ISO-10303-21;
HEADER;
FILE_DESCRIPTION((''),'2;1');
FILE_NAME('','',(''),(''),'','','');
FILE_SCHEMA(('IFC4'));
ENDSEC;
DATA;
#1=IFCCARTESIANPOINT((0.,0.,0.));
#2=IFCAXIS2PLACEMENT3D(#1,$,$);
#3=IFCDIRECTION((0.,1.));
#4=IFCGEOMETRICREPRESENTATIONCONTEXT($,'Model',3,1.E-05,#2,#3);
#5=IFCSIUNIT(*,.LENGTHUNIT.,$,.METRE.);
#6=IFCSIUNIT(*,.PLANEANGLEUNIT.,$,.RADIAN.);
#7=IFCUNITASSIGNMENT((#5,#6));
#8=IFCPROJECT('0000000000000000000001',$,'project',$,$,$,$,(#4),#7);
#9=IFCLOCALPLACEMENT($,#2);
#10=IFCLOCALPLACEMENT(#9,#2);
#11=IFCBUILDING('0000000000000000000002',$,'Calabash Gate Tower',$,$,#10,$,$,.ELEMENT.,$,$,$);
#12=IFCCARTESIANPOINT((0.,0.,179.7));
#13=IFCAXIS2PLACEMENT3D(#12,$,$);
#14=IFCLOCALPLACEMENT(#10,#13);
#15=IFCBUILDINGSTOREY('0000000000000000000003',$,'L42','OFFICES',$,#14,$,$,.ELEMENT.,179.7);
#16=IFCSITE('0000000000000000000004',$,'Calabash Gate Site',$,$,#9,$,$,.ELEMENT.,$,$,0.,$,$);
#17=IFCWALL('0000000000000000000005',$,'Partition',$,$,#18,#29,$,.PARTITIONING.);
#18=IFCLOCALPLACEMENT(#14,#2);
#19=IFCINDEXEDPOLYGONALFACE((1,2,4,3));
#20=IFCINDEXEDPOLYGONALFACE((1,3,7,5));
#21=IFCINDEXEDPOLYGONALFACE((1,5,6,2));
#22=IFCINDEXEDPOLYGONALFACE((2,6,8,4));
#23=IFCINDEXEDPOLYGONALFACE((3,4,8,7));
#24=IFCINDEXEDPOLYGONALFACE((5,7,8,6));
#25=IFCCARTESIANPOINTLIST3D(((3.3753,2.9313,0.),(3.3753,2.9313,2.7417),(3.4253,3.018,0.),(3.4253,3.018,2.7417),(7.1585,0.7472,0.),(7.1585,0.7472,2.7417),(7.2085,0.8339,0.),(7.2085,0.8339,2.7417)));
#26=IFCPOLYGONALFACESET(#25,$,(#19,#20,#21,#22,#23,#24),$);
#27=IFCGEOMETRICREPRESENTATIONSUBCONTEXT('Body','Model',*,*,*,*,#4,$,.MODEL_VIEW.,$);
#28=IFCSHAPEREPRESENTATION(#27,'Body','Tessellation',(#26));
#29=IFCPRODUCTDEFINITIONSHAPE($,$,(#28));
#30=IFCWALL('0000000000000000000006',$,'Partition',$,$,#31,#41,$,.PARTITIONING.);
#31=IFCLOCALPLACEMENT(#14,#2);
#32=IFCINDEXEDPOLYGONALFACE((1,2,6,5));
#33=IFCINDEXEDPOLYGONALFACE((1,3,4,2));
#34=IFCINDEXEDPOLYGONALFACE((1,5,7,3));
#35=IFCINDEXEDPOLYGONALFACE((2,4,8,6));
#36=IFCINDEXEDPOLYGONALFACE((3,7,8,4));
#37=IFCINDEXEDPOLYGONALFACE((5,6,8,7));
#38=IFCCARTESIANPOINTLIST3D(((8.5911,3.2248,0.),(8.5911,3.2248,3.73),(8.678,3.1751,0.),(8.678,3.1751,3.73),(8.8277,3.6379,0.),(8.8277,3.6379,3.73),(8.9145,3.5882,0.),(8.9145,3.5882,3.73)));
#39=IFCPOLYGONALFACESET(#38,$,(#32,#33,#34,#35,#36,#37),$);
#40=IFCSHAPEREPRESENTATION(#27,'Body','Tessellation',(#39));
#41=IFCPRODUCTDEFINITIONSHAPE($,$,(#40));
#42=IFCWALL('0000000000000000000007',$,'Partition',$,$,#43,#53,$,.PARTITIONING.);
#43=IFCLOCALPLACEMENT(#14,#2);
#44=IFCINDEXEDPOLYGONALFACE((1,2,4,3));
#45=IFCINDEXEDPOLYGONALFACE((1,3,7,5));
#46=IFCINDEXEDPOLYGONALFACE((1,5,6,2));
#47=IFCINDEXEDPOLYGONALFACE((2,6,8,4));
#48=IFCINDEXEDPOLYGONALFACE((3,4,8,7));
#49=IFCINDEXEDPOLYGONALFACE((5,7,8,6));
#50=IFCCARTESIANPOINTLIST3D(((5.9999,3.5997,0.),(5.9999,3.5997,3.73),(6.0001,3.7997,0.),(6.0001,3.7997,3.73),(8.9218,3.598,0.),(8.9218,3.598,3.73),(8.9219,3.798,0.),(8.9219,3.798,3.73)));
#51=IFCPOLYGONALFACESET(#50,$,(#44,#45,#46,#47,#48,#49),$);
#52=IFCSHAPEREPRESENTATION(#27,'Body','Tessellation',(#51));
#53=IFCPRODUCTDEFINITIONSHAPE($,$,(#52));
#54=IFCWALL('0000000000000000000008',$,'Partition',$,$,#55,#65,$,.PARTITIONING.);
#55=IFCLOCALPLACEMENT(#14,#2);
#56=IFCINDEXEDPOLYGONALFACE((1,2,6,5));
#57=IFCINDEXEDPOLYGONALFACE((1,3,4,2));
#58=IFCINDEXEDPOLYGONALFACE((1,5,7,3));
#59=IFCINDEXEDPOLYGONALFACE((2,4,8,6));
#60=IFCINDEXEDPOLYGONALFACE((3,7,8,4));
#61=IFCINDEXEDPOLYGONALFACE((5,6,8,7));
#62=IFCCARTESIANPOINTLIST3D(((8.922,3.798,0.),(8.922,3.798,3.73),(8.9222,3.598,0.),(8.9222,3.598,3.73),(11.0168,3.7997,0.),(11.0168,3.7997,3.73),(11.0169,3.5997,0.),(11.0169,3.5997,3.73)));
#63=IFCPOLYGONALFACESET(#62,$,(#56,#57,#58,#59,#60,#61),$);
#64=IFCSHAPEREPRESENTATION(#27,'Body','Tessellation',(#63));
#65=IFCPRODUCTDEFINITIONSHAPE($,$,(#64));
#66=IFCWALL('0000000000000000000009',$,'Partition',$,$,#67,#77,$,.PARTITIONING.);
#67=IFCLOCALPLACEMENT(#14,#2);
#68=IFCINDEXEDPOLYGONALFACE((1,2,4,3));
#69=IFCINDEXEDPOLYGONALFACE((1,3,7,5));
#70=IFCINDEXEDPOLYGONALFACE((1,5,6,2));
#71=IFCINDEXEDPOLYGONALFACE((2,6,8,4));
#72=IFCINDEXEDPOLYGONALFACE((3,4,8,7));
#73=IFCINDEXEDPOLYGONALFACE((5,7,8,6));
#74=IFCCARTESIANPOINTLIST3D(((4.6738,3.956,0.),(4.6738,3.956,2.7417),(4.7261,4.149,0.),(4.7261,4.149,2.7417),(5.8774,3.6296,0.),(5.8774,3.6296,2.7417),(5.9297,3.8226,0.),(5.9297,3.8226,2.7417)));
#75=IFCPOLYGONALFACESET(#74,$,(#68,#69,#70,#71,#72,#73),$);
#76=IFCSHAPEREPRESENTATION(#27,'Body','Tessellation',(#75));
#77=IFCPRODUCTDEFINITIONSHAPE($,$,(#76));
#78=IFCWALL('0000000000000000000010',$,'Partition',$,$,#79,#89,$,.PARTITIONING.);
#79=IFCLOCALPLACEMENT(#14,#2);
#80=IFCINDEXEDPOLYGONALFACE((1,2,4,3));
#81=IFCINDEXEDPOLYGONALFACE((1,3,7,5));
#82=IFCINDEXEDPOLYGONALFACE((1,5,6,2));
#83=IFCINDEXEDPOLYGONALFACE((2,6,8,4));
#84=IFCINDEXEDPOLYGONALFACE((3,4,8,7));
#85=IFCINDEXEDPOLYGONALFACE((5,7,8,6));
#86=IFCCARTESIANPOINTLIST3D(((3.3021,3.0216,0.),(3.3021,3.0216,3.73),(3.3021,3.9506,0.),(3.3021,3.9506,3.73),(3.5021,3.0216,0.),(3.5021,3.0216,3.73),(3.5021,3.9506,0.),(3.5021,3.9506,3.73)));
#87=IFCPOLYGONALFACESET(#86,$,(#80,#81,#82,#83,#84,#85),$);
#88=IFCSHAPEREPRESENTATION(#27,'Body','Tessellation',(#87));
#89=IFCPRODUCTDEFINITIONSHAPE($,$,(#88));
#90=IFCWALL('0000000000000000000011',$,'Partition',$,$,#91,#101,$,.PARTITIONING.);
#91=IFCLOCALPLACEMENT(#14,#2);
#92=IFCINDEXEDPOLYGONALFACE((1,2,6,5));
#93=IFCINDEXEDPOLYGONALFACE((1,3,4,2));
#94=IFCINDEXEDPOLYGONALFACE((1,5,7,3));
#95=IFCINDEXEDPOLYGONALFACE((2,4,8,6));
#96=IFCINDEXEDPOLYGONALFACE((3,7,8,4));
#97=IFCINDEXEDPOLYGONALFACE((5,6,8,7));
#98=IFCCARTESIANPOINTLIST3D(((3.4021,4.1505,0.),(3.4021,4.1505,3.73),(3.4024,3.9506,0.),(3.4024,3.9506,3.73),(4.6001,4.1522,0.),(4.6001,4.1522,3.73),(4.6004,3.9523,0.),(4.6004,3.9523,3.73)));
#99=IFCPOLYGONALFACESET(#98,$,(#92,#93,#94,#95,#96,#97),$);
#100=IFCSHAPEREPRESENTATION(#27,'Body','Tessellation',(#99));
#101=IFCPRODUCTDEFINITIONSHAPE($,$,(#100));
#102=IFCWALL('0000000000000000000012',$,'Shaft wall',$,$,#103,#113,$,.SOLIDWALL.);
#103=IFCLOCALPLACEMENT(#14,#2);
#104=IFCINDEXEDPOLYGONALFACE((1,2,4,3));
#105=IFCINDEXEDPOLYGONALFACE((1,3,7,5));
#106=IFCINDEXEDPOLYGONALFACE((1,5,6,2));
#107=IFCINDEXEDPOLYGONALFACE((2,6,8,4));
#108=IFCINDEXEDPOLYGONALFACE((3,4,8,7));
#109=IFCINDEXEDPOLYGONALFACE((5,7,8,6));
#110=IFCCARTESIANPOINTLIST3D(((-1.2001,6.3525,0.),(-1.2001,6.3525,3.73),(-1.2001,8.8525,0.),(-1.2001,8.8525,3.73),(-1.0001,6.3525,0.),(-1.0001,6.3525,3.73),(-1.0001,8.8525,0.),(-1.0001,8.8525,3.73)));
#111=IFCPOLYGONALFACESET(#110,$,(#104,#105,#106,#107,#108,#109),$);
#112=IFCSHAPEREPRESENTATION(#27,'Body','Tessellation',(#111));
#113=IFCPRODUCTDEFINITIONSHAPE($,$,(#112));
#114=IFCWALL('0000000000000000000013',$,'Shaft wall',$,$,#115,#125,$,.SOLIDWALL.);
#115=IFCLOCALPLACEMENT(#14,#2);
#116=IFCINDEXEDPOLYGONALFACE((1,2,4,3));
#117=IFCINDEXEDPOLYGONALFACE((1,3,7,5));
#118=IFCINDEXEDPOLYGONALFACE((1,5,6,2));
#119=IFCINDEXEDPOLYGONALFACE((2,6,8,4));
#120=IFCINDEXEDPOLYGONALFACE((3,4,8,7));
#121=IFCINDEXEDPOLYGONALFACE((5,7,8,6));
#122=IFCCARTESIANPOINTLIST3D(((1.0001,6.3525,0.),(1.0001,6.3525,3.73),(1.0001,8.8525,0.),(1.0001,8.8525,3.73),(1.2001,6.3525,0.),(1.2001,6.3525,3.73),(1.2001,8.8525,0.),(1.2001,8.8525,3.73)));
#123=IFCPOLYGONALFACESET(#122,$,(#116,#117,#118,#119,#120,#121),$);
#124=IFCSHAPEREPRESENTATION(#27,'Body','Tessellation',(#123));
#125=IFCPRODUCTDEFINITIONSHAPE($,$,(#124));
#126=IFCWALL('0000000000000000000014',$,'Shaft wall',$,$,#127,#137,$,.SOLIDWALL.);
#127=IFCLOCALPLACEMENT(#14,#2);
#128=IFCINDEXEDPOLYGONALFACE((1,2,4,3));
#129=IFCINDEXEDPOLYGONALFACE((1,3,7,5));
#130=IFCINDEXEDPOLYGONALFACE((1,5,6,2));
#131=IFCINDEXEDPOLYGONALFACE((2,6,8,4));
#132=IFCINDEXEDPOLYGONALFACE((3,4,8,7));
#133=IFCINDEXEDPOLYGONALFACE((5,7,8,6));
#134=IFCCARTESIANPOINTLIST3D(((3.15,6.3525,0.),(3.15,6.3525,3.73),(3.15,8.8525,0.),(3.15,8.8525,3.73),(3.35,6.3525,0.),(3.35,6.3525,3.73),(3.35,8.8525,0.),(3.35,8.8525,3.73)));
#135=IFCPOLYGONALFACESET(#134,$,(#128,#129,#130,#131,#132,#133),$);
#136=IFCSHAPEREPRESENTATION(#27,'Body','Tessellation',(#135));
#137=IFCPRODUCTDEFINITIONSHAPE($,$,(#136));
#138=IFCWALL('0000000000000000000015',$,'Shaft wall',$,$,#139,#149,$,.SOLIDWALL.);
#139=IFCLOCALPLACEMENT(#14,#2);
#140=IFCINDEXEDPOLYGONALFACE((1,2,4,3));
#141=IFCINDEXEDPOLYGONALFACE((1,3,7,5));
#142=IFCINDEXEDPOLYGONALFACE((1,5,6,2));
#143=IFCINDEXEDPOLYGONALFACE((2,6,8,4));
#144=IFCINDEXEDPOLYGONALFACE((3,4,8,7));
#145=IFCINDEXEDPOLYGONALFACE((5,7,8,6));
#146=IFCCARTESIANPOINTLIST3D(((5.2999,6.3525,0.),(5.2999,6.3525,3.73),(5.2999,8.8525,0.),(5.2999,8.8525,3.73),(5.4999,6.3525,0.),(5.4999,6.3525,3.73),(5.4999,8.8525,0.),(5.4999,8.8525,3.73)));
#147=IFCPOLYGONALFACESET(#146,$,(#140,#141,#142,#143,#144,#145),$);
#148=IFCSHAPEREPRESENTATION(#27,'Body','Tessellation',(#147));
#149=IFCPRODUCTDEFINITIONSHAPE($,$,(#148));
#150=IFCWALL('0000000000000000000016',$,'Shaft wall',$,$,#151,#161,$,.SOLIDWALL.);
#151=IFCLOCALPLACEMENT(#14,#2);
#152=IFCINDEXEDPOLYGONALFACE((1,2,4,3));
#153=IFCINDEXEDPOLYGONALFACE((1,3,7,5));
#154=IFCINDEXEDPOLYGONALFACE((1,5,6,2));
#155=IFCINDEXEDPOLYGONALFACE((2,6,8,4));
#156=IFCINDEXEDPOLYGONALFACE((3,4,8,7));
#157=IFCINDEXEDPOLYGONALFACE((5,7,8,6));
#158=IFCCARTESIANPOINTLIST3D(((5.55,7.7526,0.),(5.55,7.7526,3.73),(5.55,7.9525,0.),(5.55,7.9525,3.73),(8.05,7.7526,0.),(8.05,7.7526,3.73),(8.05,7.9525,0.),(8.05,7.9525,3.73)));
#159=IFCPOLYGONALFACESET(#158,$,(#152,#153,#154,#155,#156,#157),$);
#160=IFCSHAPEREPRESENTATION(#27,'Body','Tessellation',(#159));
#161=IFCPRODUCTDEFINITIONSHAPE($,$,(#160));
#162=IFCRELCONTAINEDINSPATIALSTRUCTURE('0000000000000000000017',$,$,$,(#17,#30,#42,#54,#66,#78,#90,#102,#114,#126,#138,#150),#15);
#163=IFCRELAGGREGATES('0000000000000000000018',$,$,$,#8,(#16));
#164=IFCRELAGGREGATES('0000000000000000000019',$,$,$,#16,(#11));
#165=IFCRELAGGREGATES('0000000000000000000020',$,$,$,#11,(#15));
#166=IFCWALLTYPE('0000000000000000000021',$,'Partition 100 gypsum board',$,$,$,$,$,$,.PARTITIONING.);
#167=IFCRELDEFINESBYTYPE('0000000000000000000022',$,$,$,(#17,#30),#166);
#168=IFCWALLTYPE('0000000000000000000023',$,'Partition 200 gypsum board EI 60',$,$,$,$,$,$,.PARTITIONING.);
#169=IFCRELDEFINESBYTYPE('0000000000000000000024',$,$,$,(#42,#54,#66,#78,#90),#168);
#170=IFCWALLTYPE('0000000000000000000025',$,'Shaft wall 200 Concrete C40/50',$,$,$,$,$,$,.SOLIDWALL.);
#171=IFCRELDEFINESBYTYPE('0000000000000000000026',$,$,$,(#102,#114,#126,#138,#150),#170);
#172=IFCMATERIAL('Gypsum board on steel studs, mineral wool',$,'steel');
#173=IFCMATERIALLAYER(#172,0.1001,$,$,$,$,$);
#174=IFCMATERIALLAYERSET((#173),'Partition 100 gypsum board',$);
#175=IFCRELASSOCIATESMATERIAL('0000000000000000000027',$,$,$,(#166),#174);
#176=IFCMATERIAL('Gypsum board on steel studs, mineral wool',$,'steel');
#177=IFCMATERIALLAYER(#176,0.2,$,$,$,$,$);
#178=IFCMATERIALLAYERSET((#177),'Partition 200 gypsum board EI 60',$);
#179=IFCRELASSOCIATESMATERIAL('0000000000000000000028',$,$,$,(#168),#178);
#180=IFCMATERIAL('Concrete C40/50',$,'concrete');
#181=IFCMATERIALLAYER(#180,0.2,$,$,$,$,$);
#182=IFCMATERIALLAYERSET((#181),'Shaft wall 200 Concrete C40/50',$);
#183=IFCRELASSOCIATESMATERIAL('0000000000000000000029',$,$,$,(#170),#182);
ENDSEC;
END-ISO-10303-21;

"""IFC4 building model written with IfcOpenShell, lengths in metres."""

from ifc_helpers import new_model, si_unit, direction, frame, frame_2d, origin, place, context, subcontext, project, spatial, rectangle, extrude, material, layer, layer_set, type_object, element, save


model = new_model("IFC4")

# Units and contexts
model_context = context("Model", 3, precision=1e-05, world=origin(), true_north=direction((0.0, 1.0)))
body_context = subcontext(model_context, "Body", "Model", "MODEL_VIEW")
ifc_project = project(units=[si_unit("LENGTHUNIT", "METRE"), si_unit("PLANEANGLEUNIT", "RADIAN")], contexts=[model_context])

# Site, building, storey
site_placement = place(None, origin())
site = spatial("IfcSite", under=ifc_project, at=site_placement, Name="Calabash Gate Site", CompositionType="ELEMENT", RefElevation=0.0)
building_placement = place(site_placement, origin())
building = spatial("IfcBuilding", under=site, at=building_placement, Name="Calabash Gate Tower", CompositionType="ELEMENT")
storey_placement = place(building_placement, frame((0.0, 0.0, 179.7)))
storey = spatial("IfcBuildingStorey", under=building, at=storey_placement, Name="L42", Description="OFFICES", CompositionType="ELEMENT", Elevation=179.7)

# Walls
ifc_material_1 = material(Name="Gypsum board on steel studs, mineral wool", Category="steel")
ifc_layer_1 = layer(ifc_material_1, 0.1001)
ifc_layer_set_1 = layer_set([ifc_layer_1], Name="Partition 100 gypsum board")
wall_type_1 = type_object("IfcWallType", Name="Partition 100 gypsum board", PredefinedType="PARTITIONING", material=ifc_layer_set_1)
wall_1_placement = place(storey_placement, frame((3.4004, 2.9746, 0.0), z_axis=(0.0, 0.0, 1.0), x_axis=(0.86604, -0.499974, 0.0)))
element("IfcWall", 1, at=wall_1_placement, inside=storey, type_object=wall_type_1, Name="Partition", PredefinedType="PARTITIONING", context=body_context, shape_type="SweptSolid", body=[
    extrude(rectangle(XDim=4.3684, YDim=0.1001, at=frame_2d((2.1841, 0.0))), origin(), (0.0, 0.0, 1.0), 2.7417),
])
wall_2_placement = place(storey_placement, frame((8.6345, 3.2, 0.0), z_axis=(0.0, 0.0, 1.0), x_axis=(0.496967, 0.867769, 0.0)))
element("IfcWall", 2, at=wall_2_placement, inside=storey, type_object=wall_type_1, Name="Partition", PredefinedType="PARTITIONING", context=body_context, shape_type="SweptSolid", body=[
    extrude(rectangle(XDim=0.4761, YDim=0.1001, at=frame_2d((0.238, 0.0))), origin(), (0.0, 0.0, 1.0), 3.73),
])
ifc_material_2 = material(Name="Gypsum board on steel studs, mineral wool", Category="steel")
ifc_layer_2 = layer(ifc_material_2, 0.2)
ifc_layer_set_2 = layer_set([ifc_layer_2], Name="Partition 200 gypsum board EI 60")
wall_type_2 = type_object("IfcWallType", Name="Partition 200 gypsum board EI 60", PredefinedType="PARTITIONING", material=ifc_layer_set_2)
wall_3_placement = place(storey_placement, frame((6.0, 3.6997, 0.0), z_axis=(0.0, 0.0, 1.0), x_axis=(1.0, -0.000585, 0.0)))
element("IfcWall", 3, at=wall_3_placement, inside=storey, type_object=wall_type_2, Name="Partition", PredefinedType="PARTITIONING", context=body_context, shape_type="SweptSolid", body=[
    extrude(rectangle(XDim=2.9219, YDim=0.2, at=frame_2d((1.4609, 0.0))), origin(), (0.0, 0.0, 1.0), 3.73),
])
wall_4_placement = place(storey_placement, frame((8.9221, 3.698, 0.0), z_axis=(0.0, 0.0, 1.0), x_axis=(1.0, 0.000816, 0.0)))
element("IfcWall", 4, at=wall_4_placement, inside=storey, type_object=wall_type_2, Name="Partition", PredefinedType="PARTITIONING", context=body_context, shape_type="SweptSolid", body=[
    extrude(rectangle(XDim=2.0947, YDim=0.2, at=frame_2d((1.0474, 0.0))), origin(), (0.0, 0.0, 1.0), 3.73),
])
wall_5_placement = place(storey_placement, frame((4.7, 4.0525, 0.0), z_axis=(0.0, 0.0, 1.0), x_axis=(0.965138, -0.261742, 0.0)))
element("IfcWall", 5, at=wall_5_placement, inside=storey, type_object=wall_type_2, Name="Partition", PredefinedType="PARTITIONING", context=body_context, shape_type="SweptSolid", body=[
    extrude(rectangle(XDim=1.2471, YDim=0.2, at=frame_2d((0.6235, 0.0))), origin(), (0.0, 0.0, 1.0), 2.7417),
])
wall_6_placement = place(storey_placement, frame((3.4021, 3.0217, 0.0), z_axis=(0.0, 0.0, 1.0), x_axis=(0.0, 1.0, 0.0)))
element("IfcWall", 6, at=wall_6_placement, inside=storey, type_object=wall_type_2, Name="Partition", PredefinedType="PARTITIONING", context=body_context, shape_type="SweptSolid", body=[
    extrude(rectangle(XDim=0.929, YDim=0.2, at=frame_2d((0.4644, 0.0))), origin(), (0.0, 0.0, 1.0), 3.73),
])
wall_7_placement = place(storey_placement, frame((3.4021, 4.0505, 0.0), z_axis=(0.0, 0.0, 1.0), x_axis=(0.999999, 0.001427, 0.0)))
element("IfcWall", 7, at=wall_7_placement, inside=storey, type_object=wall_type_2, Name="Partition", PredefinedType="PARTITIONING", context=body_context, shape_type="SweptSolid", body=[
    extrude(rectangle(XDim=1.198, YDim=0.2, at=frame_2d((0.5991, 0.0))), origin(), (0.0, 0.0, 1.0), 3.73),
])
ifc_material_3 = material(Name="Concrete C40/50", Category="concrete")
ifc_layer_3 = layer(ifc_material_3, 0.2)
ifc_layer_set_3 = layer_set([ifc_layer_3], Name="Shaft wall 200 Concrete C40/50")
wall_type_3 = type_object("IfcWallType", Name="Shaft wall 200 Concrete C40/50", PredefinedType="SOLIDWALL", material=ifc_layer_set_3)
for number, where, z_axis, x_axis, name in (
    (8, (-1.1001, 6.3525, 0.0), (0.0, 0.0, 1.0), (0.0, 1.0, 0.0), "Shaft wall"),
    (9, (1.1001, 6.3525, 0.0), (0.0, 0.0, 1.0), (0.0, 1.0, 0.0), "Shaft wall"),
    (10, (3.25, 6.3525, 0.0), (0.0, 0.0, 1.0), (0.0, 1.0, 0.0), "Shaft wall"),
    (11, (5.3999, 6.3525, 0.0), (0.0, 0.0, 1.0), (0.0, 1.0, 0.0), "Shaft wall"),
    (12, (5.55, 7.8525, 0.0), (0.0, 0.0, 1.0), (1.0, 0.0, 0.0), "Shaft wall"),
):
    element("IfcWall", number, at=place(storey_placement, frame(where, z_axis=z_axis, x_axis=x_axis)), inside=storey, type_object=wall_type_3, Name=name, PredefinedType="SOLIDWALL", context=body_context, shape_type="SweptSolid", body=[
        extrude(rectangle(XDim=2.5, YDim=0.2, at=frame_2d((1.25, 0.0))), origin(), (0.0, 0.0, 1.0), 3.73),
    ])

save(model, "model.ifc")
